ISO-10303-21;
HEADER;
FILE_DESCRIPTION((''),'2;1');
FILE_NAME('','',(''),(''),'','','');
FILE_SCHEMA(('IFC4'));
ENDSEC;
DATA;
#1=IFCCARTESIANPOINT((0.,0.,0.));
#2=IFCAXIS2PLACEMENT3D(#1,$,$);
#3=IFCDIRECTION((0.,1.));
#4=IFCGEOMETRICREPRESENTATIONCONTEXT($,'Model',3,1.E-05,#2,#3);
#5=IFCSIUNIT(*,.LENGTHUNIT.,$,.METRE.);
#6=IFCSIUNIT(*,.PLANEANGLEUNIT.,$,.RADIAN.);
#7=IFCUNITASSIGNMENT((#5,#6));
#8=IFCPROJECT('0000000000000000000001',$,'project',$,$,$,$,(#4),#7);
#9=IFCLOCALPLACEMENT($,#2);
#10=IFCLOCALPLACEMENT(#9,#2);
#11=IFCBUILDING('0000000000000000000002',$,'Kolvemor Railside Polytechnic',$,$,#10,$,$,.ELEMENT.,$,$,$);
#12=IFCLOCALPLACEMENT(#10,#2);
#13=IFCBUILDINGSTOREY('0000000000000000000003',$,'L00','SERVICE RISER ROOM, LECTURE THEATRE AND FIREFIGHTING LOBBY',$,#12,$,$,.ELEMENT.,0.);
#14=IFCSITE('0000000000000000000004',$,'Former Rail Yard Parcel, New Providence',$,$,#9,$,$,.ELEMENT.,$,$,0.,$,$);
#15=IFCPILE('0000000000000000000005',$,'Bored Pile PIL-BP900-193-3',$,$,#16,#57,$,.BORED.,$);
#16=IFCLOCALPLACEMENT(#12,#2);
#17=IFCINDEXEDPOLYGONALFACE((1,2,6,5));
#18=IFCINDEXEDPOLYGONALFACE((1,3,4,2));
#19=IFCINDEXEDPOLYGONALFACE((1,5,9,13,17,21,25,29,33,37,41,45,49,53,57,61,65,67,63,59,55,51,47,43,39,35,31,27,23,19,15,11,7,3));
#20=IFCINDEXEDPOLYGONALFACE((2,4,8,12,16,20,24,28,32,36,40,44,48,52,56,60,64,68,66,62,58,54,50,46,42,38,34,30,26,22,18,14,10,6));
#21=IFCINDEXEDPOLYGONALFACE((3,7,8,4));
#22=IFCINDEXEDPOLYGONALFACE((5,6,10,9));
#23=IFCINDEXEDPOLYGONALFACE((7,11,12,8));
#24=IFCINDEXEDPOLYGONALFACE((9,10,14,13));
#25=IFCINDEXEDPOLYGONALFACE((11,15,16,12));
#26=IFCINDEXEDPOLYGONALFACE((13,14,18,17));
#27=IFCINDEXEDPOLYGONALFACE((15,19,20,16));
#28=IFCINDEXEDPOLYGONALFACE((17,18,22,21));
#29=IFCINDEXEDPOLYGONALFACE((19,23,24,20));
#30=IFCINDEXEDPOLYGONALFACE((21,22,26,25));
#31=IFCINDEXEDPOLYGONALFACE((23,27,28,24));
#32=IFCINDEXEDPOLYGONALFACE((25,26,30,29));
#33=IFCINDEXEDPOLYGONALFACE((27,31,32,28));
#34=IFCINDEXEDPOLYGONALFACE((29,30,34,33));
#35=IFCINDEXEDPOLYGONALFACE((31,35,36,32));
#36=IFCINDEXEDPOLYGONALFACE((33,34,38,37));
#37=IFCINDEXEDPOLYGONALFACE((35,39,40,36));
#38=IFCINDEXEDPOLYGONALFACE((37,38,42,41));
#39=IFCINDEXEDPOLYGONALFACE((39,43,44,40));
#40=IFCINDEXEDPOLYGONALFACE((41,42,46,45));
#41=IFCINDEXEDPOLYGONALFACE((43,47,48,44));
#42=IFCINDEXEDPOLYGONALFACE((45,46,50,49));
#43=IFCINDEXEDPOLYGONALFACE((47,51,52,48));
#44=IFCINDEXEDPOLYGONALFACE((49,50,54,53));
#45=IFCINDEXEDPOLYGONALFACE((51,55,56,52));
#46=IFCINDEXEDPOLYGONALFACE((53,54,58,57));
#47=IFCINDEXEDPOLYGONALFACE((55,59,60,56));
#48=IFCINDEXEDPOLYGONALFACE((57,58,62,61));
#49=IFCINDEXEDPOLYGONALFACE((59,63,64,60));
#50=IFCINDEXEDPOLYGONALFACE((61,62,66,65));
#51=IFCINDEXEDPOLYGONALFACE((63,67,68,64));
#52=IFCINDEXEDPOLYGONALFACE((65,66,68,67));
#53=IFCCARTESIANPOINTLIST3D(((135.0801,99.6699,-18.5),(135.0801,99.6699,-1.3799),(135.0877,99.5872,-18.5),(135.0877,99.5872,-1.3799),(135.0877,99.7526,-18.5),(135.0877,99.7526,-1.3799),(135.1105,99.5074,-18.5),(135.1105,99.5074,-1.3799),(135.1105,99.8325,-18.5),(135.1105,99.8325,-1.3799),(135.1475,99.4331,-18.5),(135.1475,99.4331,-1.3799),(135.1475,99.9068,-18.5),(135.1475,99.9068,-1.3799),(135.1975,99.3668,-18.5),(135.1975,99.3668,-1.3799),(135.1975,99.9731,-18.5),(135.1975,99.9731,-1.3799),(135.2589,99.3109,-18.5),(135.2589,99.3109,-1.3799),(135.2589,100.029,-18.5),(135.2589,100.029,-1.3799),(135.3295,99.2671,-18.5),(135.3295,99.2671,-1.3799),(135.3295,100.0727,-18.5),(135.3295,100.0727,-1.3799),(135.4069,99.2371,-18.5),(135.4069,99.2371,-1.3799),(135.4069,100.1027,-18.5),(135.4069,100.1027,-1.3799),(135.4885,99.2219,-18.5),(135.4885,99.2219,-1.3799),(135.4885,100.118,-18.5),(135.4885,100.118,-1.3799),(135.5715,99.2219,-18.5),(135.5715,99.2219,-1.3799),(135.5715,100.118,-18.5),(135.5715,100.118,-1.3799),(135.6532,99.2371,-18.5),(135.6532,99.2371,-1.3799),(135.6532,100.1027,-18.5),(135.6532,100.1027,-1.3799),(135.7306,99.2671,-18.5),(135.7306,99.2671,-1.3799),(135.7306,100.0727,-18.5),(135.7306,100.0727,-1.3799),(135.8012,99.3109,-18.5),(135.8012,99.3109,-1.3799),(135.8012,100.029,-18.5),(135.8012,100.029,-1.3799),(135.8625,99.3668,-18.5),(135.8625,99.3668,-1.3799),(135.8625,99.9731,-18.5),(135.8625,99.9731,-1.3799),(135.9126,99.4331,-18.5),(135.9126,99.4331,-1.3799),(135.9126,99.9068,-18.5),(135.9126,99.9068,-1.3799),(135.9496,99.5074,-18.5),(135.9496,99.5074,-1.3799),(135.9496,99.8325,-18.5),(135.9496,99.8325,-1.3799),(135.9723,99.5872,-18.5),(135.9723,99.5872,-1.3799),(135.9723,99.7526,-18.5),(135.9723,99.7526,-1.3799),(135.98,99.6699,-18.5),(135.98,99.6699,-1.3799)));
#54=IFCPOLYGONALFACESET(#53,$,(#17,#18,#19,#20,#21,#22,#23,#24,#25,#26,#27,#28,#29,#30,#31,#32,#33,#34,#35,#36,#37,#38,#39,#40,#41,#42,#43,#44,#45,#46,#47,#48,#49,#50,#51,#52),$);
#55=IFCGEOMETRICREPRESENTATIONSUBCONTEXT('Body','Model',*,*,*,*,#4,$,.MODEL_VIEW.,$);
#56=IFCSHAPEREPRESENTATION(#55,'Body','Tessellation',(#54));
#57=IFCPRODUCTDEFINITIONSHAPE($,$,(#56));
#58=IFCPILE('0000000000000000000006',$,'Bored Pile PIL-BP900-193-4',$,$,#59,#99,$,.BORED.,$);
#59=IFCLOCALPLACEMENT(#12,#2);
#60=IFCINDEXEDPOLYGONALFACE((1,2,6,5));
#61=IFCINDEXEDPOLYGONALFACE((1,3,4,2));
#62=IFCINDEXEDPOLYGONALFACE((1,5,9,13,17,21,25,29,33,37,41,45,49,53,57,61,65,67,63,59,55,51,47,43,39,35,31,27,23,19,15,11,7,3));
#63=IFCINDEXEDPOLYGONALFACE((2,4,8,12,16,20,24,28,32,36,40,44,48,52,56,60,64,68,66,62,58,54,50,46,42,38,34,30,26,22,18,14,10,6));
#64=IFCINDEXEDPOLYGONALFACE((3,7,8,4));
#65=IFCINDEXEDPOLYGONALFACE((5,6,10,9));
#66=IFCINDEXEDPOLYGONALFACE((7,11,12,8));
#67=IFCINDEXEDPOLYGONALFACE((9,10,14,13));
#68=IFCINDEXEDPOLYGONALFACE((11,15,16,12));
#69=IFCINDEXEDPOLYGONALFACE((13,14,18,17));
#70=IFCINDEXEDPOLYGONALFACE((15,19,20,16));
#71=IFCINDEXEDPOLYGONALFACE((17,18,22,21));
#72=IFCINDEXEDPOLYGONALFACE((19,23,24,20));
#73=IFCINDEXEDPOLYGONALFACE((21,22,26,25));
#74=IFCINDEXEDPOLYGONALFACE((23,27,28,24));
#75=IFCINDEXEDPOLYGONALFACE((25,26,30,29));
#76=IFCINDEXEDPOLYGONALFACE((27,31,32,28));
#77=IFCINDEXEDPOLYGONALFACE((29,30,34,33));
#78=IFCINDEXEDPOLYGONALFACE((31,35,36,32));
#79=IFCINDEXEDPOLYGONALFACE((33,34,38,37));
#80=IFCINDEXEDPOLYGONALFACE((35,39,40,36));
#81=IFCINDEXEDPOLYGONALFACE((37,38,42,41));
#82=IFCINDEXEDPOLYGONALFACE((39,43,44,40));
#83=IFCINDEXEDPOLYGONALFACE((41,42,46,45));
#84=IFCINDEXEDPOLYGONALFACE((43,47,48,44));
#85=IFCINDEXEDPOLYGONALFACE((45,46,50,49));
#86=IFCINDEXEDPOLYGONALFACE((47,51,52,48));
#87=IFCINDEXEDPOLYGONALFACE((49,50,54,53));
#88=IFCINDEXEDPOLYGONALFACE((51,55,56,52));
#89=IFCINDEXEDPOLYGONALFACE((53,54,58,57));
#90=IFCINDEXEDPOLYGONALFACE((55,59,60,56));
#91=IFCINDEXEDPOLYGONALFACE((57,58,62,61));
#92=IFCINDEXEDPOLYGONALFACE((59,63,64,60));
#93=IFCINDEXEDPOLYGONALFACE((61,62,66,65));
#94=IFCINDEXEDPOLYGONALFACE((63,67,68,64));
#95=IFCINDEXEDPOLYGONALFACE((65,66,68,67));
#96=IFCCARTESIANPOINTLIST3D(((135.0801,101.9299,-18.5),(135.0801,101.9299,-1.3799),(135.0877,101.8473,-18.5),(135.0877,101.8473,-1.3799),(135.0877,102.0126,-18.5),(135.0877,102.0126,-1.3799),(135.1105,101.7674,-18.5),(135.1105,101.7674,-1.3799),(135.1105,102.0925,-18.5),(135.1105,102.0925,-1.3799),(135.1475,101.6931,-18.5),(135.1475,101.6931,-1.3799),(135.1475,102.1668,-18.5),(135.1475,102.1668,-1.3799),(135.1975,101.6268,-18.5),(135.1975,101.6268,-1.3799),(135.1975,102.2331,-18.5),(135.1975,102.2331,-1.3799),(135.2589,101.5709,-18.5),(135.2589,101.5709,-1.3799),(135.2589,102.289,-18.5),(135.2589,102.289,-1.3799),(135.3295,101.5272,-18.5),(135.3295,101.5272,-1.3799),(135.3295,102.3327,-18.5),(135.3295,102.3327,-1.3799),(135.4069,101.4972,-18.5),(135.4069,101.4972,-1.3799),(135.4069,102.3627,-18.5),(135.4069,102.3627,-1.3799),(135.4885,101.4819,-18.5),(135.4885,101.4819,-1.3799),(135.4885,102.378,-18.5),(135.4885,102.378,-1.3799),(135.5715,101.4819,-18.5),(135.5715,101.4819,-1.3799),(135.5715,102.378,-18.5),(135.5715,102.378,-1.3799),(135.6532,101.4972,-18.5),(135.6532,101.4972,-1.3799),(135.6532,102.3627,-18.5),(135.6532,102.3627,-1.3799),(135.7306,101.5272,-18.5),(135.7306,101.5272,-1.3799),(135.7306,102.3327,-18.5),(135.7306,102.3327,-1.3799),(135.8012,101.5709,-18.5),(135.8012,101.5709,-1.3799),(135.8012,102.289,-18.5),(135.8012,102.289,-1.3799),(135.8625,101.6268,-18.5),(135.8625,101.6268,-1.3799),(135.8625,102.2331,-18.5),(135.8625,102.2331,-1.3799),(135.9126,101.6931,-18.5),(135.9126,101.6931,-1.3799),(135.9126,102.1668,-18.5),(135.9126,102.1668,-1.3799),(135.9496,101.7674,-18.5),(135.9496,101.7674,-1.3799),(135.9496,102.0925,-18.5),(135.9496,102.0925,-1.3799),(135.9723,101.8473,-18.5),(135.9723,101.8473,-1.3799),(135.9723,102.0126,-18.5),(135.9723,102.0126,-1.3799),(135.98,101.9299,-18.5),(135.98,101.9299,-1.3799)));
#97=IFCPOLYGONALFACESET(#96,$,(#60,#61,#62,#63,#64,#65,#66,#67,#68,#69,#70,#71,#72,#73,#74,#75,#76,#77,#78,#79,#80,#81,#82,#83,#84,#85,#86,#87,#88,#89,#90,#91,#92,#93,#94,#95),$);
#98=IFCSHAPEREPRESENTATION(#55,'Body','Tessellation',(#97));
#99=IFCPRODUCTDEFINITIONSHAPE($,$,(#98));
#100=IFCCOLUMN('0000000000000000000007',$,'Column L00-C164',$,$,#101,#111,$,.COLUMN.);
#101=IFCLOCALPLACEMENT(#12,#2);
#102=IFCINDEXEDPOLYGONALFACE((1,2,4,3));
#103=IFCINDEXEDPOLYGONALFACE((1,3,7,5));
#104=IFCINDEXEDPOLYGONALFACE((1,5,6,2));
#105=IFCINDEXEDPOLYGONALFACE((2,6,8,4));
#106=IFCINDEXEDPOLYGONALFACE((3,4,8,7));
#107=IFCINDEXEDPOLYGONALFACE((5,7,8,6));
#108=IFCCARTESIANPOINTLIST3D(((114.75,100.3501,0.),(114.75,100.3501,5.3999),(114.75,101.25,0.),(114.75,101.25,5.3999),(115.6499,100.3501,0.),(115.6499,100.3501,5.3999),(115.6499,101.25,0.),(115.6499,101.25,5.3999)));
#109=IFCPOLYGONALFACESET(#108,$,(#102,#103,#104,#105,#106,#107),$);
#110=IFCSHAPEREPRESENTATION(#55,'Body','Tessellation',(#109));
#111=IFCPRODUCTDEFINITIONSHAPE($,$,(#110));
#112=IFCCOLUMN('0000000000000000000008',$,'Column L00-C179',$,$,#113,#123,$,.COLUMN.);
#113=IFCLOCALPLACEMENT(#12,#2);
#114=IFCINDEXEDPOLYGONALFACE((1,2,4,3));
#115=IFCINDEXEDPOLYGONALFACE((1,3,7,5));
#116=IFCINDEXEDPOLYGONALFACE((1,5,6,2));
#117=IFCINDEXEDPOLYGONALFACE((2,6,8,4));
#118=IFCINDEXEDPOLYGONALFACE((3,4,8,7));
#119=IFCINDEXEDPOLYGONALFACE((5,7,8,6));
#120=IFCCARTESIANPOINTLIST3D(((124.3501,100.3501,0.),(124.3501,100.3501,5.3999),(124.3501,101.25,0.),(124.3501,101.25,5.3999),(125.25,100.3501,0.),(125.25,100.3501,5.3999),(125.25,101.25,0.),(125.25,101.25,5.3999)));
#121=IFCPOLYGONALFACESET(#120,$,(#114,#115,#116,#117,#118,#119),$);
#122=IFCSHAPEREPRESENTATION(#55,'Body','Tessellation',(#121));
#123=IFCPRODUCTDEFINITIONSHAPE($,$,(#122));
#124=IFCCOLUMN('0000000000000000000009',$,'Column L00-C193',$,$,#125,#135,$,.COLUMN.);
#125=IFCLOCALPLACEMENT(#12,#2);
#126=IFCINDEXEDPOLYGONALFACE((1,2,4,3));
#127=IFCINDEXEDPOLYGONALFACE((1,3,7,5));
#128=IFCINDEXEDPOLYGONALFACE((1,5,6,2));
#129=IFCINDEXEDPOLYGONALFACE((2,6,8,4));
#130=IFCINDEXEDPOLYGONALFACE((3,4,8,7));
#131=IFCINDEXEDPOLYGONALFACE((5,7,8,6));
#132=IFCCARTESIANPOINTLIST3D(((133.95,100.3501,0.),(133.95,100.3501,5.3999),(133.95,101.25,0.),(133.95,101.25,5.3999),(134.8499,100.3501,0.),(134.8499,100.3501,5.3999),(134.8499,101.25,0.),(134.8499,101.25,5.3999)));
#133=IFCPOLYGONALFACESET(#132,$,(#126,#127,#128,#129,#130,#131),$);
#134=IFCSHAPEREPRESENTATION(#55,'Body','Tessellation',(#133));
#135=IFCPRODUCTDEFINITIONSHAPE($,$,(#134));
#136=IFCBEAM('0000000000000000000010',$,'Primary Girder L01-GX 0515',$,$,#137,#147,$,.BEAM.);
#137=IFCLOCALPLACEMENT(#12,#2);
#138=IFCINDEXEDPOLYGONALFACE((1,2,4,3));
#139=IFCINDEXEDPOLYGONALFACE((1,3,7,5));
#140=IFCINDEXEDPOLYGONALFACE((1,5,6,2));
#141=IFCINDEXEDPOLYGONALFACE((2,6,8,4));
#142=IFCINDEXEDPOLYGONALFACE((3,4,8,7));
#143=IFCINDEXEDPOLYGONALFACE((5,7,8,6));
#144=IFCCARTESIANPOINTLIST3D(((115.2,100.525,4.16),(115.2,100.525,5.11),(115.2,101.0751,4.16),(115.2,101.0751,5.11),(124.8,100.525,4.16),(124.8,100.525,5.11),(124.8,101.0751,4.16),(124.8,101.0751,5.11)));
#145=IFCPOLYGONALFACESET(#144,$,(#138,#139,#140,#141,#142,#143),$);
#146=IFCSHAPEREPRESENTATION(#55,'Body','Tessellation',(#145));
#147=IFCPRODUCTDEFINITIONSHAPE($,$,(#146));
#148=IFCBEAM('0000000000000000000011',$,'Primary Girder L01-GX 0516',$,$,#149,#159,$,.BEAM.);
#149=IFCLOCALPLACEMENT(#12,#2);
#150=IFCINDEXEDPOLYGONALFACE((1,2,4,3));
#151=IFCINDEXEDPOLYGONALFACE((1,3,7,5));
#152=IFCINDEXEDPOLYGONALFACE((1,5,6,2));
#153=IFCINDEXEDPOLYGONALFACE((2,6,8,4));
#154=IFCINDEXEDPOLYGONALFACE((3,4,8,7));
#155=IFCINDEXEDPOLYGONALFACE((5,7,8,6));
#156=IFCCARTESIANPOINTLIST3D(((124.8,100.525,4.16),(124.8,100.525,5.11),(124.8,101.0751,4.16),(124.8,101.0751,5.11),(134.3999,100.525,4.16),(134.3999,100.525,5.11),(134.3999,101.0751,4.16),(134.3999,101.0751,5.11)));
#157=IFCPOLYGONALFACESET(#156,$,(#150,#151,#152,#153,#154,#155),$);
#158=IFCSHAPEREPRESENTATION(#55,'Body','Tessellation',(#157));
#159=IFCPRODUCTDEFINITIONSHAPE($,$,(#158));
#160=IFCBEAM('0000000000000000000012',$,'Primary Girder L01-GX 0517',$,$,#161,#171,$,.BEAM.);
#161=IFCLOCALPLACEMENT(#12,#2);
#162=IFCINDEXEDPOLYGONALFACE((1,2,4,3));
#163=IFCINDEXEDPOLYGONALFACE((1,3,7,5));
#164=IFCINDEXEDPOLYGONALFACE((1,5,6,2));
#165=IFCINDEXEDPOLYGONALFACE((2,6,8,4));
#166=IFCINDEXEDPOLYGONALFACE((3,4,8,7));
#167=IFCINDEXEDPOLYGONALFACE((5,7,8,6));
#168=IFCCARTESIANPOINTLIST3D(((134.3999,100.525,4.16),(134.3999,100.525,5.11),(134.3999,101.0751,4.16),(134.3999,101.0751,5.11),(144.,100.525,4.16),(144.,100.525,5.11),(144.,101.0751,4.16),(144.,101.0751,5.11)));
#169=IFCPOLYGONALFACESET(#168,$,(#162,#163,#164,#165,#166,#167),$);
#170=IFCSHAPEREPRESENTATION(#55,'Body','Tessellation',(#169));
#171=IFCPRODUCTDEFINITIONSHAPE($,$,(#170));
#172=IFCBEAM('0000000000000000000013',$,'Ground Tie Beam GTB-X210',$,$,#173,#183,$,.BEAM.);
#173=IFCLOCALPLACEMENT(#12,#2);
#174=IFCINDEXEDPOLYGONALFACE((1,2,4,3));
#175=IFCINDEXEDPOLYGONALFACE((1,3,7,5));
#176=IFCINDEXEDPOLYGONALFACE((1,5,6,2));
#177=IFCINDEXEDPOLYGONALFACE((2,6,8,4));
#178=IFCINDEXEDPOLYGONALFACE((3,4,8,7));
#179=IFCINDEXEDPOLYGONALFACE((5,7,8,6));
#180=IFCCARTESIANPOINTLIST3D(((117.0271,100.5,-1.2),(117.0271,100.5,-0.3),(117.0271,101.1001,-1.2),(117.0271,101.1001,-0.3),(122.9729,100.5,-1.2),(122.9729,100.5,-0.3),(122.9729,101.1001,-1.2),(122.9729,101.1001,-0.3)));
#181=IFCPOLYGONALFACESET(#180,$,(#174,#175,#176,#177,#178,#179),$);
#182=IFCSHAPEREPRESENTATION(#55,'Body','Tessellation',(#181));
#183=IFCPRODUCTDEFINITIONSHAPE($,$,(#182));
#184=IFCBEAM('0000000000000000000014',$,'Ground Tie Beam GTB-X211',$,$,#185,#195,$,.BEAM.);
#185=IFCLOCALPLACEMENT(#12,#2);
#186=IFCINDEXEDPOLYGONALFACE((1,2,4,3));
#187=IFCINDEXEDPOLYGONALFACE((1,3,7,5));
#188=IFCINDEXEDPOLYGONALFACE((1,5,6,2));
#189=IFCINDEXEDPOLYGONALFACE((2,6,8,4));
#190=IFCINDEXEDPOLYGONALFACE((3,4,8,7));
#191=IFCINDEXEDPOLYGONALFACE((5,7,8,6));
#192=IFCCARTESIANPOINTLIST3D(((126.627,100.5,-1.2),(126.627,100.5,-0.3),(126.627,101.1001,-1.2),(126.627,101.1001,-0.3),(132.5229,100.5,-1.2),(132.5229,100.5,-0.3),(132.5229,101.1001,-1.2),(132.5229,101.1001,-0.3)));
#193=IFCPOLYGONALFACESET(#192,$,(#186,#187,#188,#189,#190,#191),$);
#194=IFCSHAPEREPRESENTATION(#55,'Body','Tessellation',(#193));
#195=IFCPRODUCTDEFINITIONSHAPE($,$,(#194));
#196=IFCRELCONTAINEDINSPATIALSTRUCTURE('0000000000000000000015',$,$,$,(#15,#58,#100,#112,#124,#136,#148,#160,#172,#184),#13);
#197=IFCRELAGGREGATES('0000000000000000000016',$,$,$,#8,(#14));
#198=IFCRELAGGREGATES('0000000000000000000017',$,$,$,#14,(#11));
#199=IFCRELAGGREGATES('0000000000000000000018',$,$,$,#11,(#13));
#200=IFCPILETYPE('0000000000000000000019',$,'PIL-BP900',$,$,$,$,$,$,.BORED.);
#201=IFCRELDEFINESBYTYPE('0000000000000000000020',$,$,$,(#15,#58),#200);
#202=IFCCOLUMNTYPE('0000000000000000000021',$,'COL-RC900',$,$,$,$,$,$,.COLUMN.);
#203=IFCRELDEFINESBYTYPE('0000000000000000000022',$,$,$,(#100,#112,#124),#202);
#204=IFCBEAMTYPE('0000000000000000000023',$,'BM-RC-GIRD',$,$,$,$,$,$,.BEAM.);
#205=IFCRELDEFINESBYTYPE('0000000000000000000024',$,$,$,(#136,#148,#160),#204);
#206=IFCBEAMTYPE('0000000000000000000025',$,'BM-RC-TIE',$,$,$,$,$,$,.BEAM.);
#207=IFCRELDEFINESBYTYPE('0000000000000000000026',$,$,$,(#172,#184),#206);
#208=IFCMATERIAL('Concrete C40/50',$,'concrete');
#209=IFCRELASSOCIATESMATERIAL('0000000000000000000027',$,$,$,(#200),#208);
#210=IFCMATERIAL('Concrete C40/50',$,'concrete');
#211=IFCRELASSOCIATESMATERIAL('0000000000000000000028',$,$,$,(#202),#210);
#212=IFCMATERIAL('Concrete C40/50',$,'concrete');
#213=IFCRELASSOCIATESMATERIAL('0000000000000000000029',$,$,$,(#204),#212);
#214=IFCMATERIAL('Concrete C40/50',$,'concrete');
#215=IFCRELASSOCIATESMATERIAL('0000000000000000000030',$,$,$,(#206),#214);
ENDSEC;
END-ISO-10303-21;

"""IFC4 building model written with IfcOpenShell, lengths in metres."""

from ifc_helpers import new_model, si_unit, direction, frame, origin, origin_2d, place, context, subcontext, project, spatial, rectangle, circle, extrude, material, material_profile, profile_set, type_object, element, save


model = new_model("IFC4")

# Units and contexts
model_context = context("Model", 3, precision=1e-05, world=origin(), true_north=direction((0.0, 1.0)))
body_context = subcontext(model_context, "Body", "Model", "MODEL_VIEW")
ifc_project = project(units=[si_unit("LENGTHUNIT", "METRE"), si_unit("PLANEANGLEUNIT", "RADIAN")], contexts=[model_context])

# Site, building, storey
site_placement = place(None, origin())
site = spatial("IfcSite", under=ifc_project, at=site_placement, Name="Former Rail Yard Parcel, New Providence", CompositionType="ELEMENT", RefElevation=0.0)
building_placement = place(site_placement, origin())
building = spatial("IfcBuilding", under=site, at=building_placement, Name="Kolvemor Railside Polytechnic", CompositionType="ELEMENT")
storey_placement = place(building_placement, origin())
storey = spatial("IfcBuildingStorey", under=building, at=storey_placement, Name="L00", Description="SERVICE RISER ROOM, LECTURE THEATRE AND FIREFIGHTING LOBBY", CompositionType="ELEMENT", Elevation=0.0)

# Piles
ifc_material_1 = material(Name="Concrete C40/50", Category="concrete")
ifc_material_profile_1 = material_profile(ifc_material_1, circle(Radius=0.45, at=origin_2d()), Name="BP900")
ifc_profile_set_1 = profile_set([ifc_material_profile_1], Name="Concrete C40/50")
pile_type_1 = type_object("IfcPileType", Name="PIL-BP900", PredefinedType="BORED", material=ifc_profile_set_1)
for number, where, z_axis, x_axis, name in (
    (1, (135.53, 99.6699, -1.3799), (0.0, 0.0, -1.0), (1.0, 0.0, 0.0), "Bored Pile PIL-BP900-193-3"),
    (2, (135.53, 101.9299, -1.3799), (0.0, 0.0, -1.0), (1.0, 0.0, 0.0), "Bored Pile PIL-BP900-193-4"),
):
    element("IfcPile", number, at=place(storey_placement, frame(where, z_axis=z_axis, x_axis=x_axis)), inside=storey, type_object=pile_type_1, Name=name, PredefinedType="BORED", context=body_context, shape_type="SweptSolid", body=[
        extrude(circle(Radius=0.45, at=origin_2d()), origin(), (0.0, 0.0, 1.0), 17.1201),
    ])

# Columns
ifc_material_2 = material(Name="Concrete C40/50", Category="concrete")
ifc_material_profile_2 = material_profile(ifc_material_2, rectangle(XDim=0.8999, YDim=0.8999, at=origin_2d()), Name="RC900x900")
ifc_profile_set_2 = profile_set([ifc_material_profile_2], Name="Concrete C40/50")
column_type = type_object("IfcColumnType", Name="COL-RC900", PredefinedType="COLUMN", material=ifc_profile_set_2)
for number, where, z_axis, x_axis, name in (
    (3, (115.2, 100.8, 0.0), (0.0, 0.0, 1.0), (1.0, 0.0, 0.0), "Column L00-C164"),
    (4, (124.8, 100.8, 0.0), (0.0, 0.0, 1.0), (1.0, 0.0, 0.0), "Column L00-C179"),
    (5, (134.3999, 100.8, 0.0), (0.0, 0.0, 1.0), (1.0, 0.0, 0.0), "Column L00-C193"),
):
    element("IfcColumn", number, at=place(storey_placement, frame(where, z_axis=z_axis, x_axis=x_axis)), inside=storey, type_object=column_type, Name=name, PredefinedType="COLUMN", context=body_context, shape_type="SweptSolid", body=[
        extrude(rectangle(XDim=0.8999, YDim=0.8999, at=origin_2d()), origin(), (0.0, 0.0, 1.0), 5.3999),
    ])

# Beams
ifc_material_3 = material(Name="Concrete C40/50", Category="concrete")
ifc_material_profile_3 = material_profile(ifc_material_3, rectangle(XDim=0.55, YDim=0.95, at=origin_2d()), Name="RC550x950")
ifc_profile_set_3 = profile_set([ifc_material_profile_3], Name="Concrete C40/50")
beam_type_1 = type_object("IfcBeamType", Name="BM-RC-GIRD", PredefinedType="BEAM", material=ifc_profile_set_3)
beam_1_placement = place(storey_placement, frame((115.2, 100.8, 4.635), z_axis=(1.0, 0.0, 0.0), x_axis=(0.0, 1.0, 0.0)))
element("IfcBeam", 6, at=beam_1_placement, inside=storey, type_object=beam_type_1, Name="Primary Girder L01-GX 0515", PredefinedType="BEAM", context=body_context, shape_type="SweptSolid", body=[
    extrude(rectangle(XDim=0.55, YDim=0.95, at=origin_2d()), origin(), (0.0, 0.0, 1.0), 9.6001),
])
beam_2_placement = place(storey_placement, frame((124.8, 100.8, 4.635), z_axis=(1.0, 0.0, 0.0), x_axis=(0.0, 1.0, 0.0)))
element("IfcBeam", 7, at=beam_2_placement, inside=storey, type_object=beam_type_1, Name="Primary Girder L01-GX 0516", PredefinedType="BEAM", context=body_context, shape_type="SweptSolid", body=[
    extrude(rectangle(XDim=0.55, YDim=0.95, at=origin_2d()), origin(), (0.0, 0.0, 1.0), 9.5999),
])
beam_3_placement = place(storey_placement, frame((134.3999, 100.8, 4.635), z_axis=(1.0, 0.0, 0.0), x_axis=(0.0, 1.0, 0.0)))
element("IfcBeam", 8, at=beam_3_placement, inside=storey, type_object=beam_type_1, Name="Primary Girder L01-GX 0517", PredefinedType="BEAM", context=body_context, shape_type="SweptSolid", body=[
    extrude(rectangle(XDim=0.55, YDim=0.95, at=origin_2d()), origin(), (0.0, 0.0, 1.0), 9.6001),
])
ifc_material_4 = material(Name="Concrete C40/50", Category="concrete")
ifc_material_profile_4 = material_profile(ifc_material_4, rectangle(XDim=0.6001, YDim=0.8999, at=origin_2d()), Name="RC600x900")
ifc_profile_set_4 = profile_set([ifc_material_profile_4], Name="Concrete C40/50")
beam_type_2 = type_object("IfcBeamType", Name="BM-RC-TIE", PredefinedType="BEAM", material=ifc_profile_set_4)
beam_4_placement = place(storey_placement, frame((117.0271, 100.8, -0.75), z_axis=(1.0, 0.0, 0.0), x_axis=(0.0, 1.0, 0.0)))
element("IfcBeam", 9, at=beam_4_placement, inside=storey, type_object=beam_type_2, Name="Ground Tie Beam GTB-X210", PredefinedType="BEAM", context=body_context, shape_type="SweptSolid", body=[
    extrude(rectangle(XDim=0.6001, YDim=0.8999, at=origin_2d()), origin(), (0.0, 0.0, 1.0), 5.9458),
])
beam_5_placement = place(storey_placement, frame((126.627, 100.8, -0.75), z_axis=(1.0, 0.0, 0.0), x_axis=(0.0, 1.0, 0.0)))
element("IfcBeam", 10, at=beam_5_placement, inside=storey, type_object=beam_type_2, Name="Ground Tie Beam GTB-X211", PredefinedType="BEAM", context=body_context, shape_type="SweptSolid", body=[
    extrude(rectangle(XDim=0.6001, YDim=0.8999, at=origin_2d()), origin(), (0.0, 0.0, 1.0), 5.896),
])

save(model, "model.ifc")
